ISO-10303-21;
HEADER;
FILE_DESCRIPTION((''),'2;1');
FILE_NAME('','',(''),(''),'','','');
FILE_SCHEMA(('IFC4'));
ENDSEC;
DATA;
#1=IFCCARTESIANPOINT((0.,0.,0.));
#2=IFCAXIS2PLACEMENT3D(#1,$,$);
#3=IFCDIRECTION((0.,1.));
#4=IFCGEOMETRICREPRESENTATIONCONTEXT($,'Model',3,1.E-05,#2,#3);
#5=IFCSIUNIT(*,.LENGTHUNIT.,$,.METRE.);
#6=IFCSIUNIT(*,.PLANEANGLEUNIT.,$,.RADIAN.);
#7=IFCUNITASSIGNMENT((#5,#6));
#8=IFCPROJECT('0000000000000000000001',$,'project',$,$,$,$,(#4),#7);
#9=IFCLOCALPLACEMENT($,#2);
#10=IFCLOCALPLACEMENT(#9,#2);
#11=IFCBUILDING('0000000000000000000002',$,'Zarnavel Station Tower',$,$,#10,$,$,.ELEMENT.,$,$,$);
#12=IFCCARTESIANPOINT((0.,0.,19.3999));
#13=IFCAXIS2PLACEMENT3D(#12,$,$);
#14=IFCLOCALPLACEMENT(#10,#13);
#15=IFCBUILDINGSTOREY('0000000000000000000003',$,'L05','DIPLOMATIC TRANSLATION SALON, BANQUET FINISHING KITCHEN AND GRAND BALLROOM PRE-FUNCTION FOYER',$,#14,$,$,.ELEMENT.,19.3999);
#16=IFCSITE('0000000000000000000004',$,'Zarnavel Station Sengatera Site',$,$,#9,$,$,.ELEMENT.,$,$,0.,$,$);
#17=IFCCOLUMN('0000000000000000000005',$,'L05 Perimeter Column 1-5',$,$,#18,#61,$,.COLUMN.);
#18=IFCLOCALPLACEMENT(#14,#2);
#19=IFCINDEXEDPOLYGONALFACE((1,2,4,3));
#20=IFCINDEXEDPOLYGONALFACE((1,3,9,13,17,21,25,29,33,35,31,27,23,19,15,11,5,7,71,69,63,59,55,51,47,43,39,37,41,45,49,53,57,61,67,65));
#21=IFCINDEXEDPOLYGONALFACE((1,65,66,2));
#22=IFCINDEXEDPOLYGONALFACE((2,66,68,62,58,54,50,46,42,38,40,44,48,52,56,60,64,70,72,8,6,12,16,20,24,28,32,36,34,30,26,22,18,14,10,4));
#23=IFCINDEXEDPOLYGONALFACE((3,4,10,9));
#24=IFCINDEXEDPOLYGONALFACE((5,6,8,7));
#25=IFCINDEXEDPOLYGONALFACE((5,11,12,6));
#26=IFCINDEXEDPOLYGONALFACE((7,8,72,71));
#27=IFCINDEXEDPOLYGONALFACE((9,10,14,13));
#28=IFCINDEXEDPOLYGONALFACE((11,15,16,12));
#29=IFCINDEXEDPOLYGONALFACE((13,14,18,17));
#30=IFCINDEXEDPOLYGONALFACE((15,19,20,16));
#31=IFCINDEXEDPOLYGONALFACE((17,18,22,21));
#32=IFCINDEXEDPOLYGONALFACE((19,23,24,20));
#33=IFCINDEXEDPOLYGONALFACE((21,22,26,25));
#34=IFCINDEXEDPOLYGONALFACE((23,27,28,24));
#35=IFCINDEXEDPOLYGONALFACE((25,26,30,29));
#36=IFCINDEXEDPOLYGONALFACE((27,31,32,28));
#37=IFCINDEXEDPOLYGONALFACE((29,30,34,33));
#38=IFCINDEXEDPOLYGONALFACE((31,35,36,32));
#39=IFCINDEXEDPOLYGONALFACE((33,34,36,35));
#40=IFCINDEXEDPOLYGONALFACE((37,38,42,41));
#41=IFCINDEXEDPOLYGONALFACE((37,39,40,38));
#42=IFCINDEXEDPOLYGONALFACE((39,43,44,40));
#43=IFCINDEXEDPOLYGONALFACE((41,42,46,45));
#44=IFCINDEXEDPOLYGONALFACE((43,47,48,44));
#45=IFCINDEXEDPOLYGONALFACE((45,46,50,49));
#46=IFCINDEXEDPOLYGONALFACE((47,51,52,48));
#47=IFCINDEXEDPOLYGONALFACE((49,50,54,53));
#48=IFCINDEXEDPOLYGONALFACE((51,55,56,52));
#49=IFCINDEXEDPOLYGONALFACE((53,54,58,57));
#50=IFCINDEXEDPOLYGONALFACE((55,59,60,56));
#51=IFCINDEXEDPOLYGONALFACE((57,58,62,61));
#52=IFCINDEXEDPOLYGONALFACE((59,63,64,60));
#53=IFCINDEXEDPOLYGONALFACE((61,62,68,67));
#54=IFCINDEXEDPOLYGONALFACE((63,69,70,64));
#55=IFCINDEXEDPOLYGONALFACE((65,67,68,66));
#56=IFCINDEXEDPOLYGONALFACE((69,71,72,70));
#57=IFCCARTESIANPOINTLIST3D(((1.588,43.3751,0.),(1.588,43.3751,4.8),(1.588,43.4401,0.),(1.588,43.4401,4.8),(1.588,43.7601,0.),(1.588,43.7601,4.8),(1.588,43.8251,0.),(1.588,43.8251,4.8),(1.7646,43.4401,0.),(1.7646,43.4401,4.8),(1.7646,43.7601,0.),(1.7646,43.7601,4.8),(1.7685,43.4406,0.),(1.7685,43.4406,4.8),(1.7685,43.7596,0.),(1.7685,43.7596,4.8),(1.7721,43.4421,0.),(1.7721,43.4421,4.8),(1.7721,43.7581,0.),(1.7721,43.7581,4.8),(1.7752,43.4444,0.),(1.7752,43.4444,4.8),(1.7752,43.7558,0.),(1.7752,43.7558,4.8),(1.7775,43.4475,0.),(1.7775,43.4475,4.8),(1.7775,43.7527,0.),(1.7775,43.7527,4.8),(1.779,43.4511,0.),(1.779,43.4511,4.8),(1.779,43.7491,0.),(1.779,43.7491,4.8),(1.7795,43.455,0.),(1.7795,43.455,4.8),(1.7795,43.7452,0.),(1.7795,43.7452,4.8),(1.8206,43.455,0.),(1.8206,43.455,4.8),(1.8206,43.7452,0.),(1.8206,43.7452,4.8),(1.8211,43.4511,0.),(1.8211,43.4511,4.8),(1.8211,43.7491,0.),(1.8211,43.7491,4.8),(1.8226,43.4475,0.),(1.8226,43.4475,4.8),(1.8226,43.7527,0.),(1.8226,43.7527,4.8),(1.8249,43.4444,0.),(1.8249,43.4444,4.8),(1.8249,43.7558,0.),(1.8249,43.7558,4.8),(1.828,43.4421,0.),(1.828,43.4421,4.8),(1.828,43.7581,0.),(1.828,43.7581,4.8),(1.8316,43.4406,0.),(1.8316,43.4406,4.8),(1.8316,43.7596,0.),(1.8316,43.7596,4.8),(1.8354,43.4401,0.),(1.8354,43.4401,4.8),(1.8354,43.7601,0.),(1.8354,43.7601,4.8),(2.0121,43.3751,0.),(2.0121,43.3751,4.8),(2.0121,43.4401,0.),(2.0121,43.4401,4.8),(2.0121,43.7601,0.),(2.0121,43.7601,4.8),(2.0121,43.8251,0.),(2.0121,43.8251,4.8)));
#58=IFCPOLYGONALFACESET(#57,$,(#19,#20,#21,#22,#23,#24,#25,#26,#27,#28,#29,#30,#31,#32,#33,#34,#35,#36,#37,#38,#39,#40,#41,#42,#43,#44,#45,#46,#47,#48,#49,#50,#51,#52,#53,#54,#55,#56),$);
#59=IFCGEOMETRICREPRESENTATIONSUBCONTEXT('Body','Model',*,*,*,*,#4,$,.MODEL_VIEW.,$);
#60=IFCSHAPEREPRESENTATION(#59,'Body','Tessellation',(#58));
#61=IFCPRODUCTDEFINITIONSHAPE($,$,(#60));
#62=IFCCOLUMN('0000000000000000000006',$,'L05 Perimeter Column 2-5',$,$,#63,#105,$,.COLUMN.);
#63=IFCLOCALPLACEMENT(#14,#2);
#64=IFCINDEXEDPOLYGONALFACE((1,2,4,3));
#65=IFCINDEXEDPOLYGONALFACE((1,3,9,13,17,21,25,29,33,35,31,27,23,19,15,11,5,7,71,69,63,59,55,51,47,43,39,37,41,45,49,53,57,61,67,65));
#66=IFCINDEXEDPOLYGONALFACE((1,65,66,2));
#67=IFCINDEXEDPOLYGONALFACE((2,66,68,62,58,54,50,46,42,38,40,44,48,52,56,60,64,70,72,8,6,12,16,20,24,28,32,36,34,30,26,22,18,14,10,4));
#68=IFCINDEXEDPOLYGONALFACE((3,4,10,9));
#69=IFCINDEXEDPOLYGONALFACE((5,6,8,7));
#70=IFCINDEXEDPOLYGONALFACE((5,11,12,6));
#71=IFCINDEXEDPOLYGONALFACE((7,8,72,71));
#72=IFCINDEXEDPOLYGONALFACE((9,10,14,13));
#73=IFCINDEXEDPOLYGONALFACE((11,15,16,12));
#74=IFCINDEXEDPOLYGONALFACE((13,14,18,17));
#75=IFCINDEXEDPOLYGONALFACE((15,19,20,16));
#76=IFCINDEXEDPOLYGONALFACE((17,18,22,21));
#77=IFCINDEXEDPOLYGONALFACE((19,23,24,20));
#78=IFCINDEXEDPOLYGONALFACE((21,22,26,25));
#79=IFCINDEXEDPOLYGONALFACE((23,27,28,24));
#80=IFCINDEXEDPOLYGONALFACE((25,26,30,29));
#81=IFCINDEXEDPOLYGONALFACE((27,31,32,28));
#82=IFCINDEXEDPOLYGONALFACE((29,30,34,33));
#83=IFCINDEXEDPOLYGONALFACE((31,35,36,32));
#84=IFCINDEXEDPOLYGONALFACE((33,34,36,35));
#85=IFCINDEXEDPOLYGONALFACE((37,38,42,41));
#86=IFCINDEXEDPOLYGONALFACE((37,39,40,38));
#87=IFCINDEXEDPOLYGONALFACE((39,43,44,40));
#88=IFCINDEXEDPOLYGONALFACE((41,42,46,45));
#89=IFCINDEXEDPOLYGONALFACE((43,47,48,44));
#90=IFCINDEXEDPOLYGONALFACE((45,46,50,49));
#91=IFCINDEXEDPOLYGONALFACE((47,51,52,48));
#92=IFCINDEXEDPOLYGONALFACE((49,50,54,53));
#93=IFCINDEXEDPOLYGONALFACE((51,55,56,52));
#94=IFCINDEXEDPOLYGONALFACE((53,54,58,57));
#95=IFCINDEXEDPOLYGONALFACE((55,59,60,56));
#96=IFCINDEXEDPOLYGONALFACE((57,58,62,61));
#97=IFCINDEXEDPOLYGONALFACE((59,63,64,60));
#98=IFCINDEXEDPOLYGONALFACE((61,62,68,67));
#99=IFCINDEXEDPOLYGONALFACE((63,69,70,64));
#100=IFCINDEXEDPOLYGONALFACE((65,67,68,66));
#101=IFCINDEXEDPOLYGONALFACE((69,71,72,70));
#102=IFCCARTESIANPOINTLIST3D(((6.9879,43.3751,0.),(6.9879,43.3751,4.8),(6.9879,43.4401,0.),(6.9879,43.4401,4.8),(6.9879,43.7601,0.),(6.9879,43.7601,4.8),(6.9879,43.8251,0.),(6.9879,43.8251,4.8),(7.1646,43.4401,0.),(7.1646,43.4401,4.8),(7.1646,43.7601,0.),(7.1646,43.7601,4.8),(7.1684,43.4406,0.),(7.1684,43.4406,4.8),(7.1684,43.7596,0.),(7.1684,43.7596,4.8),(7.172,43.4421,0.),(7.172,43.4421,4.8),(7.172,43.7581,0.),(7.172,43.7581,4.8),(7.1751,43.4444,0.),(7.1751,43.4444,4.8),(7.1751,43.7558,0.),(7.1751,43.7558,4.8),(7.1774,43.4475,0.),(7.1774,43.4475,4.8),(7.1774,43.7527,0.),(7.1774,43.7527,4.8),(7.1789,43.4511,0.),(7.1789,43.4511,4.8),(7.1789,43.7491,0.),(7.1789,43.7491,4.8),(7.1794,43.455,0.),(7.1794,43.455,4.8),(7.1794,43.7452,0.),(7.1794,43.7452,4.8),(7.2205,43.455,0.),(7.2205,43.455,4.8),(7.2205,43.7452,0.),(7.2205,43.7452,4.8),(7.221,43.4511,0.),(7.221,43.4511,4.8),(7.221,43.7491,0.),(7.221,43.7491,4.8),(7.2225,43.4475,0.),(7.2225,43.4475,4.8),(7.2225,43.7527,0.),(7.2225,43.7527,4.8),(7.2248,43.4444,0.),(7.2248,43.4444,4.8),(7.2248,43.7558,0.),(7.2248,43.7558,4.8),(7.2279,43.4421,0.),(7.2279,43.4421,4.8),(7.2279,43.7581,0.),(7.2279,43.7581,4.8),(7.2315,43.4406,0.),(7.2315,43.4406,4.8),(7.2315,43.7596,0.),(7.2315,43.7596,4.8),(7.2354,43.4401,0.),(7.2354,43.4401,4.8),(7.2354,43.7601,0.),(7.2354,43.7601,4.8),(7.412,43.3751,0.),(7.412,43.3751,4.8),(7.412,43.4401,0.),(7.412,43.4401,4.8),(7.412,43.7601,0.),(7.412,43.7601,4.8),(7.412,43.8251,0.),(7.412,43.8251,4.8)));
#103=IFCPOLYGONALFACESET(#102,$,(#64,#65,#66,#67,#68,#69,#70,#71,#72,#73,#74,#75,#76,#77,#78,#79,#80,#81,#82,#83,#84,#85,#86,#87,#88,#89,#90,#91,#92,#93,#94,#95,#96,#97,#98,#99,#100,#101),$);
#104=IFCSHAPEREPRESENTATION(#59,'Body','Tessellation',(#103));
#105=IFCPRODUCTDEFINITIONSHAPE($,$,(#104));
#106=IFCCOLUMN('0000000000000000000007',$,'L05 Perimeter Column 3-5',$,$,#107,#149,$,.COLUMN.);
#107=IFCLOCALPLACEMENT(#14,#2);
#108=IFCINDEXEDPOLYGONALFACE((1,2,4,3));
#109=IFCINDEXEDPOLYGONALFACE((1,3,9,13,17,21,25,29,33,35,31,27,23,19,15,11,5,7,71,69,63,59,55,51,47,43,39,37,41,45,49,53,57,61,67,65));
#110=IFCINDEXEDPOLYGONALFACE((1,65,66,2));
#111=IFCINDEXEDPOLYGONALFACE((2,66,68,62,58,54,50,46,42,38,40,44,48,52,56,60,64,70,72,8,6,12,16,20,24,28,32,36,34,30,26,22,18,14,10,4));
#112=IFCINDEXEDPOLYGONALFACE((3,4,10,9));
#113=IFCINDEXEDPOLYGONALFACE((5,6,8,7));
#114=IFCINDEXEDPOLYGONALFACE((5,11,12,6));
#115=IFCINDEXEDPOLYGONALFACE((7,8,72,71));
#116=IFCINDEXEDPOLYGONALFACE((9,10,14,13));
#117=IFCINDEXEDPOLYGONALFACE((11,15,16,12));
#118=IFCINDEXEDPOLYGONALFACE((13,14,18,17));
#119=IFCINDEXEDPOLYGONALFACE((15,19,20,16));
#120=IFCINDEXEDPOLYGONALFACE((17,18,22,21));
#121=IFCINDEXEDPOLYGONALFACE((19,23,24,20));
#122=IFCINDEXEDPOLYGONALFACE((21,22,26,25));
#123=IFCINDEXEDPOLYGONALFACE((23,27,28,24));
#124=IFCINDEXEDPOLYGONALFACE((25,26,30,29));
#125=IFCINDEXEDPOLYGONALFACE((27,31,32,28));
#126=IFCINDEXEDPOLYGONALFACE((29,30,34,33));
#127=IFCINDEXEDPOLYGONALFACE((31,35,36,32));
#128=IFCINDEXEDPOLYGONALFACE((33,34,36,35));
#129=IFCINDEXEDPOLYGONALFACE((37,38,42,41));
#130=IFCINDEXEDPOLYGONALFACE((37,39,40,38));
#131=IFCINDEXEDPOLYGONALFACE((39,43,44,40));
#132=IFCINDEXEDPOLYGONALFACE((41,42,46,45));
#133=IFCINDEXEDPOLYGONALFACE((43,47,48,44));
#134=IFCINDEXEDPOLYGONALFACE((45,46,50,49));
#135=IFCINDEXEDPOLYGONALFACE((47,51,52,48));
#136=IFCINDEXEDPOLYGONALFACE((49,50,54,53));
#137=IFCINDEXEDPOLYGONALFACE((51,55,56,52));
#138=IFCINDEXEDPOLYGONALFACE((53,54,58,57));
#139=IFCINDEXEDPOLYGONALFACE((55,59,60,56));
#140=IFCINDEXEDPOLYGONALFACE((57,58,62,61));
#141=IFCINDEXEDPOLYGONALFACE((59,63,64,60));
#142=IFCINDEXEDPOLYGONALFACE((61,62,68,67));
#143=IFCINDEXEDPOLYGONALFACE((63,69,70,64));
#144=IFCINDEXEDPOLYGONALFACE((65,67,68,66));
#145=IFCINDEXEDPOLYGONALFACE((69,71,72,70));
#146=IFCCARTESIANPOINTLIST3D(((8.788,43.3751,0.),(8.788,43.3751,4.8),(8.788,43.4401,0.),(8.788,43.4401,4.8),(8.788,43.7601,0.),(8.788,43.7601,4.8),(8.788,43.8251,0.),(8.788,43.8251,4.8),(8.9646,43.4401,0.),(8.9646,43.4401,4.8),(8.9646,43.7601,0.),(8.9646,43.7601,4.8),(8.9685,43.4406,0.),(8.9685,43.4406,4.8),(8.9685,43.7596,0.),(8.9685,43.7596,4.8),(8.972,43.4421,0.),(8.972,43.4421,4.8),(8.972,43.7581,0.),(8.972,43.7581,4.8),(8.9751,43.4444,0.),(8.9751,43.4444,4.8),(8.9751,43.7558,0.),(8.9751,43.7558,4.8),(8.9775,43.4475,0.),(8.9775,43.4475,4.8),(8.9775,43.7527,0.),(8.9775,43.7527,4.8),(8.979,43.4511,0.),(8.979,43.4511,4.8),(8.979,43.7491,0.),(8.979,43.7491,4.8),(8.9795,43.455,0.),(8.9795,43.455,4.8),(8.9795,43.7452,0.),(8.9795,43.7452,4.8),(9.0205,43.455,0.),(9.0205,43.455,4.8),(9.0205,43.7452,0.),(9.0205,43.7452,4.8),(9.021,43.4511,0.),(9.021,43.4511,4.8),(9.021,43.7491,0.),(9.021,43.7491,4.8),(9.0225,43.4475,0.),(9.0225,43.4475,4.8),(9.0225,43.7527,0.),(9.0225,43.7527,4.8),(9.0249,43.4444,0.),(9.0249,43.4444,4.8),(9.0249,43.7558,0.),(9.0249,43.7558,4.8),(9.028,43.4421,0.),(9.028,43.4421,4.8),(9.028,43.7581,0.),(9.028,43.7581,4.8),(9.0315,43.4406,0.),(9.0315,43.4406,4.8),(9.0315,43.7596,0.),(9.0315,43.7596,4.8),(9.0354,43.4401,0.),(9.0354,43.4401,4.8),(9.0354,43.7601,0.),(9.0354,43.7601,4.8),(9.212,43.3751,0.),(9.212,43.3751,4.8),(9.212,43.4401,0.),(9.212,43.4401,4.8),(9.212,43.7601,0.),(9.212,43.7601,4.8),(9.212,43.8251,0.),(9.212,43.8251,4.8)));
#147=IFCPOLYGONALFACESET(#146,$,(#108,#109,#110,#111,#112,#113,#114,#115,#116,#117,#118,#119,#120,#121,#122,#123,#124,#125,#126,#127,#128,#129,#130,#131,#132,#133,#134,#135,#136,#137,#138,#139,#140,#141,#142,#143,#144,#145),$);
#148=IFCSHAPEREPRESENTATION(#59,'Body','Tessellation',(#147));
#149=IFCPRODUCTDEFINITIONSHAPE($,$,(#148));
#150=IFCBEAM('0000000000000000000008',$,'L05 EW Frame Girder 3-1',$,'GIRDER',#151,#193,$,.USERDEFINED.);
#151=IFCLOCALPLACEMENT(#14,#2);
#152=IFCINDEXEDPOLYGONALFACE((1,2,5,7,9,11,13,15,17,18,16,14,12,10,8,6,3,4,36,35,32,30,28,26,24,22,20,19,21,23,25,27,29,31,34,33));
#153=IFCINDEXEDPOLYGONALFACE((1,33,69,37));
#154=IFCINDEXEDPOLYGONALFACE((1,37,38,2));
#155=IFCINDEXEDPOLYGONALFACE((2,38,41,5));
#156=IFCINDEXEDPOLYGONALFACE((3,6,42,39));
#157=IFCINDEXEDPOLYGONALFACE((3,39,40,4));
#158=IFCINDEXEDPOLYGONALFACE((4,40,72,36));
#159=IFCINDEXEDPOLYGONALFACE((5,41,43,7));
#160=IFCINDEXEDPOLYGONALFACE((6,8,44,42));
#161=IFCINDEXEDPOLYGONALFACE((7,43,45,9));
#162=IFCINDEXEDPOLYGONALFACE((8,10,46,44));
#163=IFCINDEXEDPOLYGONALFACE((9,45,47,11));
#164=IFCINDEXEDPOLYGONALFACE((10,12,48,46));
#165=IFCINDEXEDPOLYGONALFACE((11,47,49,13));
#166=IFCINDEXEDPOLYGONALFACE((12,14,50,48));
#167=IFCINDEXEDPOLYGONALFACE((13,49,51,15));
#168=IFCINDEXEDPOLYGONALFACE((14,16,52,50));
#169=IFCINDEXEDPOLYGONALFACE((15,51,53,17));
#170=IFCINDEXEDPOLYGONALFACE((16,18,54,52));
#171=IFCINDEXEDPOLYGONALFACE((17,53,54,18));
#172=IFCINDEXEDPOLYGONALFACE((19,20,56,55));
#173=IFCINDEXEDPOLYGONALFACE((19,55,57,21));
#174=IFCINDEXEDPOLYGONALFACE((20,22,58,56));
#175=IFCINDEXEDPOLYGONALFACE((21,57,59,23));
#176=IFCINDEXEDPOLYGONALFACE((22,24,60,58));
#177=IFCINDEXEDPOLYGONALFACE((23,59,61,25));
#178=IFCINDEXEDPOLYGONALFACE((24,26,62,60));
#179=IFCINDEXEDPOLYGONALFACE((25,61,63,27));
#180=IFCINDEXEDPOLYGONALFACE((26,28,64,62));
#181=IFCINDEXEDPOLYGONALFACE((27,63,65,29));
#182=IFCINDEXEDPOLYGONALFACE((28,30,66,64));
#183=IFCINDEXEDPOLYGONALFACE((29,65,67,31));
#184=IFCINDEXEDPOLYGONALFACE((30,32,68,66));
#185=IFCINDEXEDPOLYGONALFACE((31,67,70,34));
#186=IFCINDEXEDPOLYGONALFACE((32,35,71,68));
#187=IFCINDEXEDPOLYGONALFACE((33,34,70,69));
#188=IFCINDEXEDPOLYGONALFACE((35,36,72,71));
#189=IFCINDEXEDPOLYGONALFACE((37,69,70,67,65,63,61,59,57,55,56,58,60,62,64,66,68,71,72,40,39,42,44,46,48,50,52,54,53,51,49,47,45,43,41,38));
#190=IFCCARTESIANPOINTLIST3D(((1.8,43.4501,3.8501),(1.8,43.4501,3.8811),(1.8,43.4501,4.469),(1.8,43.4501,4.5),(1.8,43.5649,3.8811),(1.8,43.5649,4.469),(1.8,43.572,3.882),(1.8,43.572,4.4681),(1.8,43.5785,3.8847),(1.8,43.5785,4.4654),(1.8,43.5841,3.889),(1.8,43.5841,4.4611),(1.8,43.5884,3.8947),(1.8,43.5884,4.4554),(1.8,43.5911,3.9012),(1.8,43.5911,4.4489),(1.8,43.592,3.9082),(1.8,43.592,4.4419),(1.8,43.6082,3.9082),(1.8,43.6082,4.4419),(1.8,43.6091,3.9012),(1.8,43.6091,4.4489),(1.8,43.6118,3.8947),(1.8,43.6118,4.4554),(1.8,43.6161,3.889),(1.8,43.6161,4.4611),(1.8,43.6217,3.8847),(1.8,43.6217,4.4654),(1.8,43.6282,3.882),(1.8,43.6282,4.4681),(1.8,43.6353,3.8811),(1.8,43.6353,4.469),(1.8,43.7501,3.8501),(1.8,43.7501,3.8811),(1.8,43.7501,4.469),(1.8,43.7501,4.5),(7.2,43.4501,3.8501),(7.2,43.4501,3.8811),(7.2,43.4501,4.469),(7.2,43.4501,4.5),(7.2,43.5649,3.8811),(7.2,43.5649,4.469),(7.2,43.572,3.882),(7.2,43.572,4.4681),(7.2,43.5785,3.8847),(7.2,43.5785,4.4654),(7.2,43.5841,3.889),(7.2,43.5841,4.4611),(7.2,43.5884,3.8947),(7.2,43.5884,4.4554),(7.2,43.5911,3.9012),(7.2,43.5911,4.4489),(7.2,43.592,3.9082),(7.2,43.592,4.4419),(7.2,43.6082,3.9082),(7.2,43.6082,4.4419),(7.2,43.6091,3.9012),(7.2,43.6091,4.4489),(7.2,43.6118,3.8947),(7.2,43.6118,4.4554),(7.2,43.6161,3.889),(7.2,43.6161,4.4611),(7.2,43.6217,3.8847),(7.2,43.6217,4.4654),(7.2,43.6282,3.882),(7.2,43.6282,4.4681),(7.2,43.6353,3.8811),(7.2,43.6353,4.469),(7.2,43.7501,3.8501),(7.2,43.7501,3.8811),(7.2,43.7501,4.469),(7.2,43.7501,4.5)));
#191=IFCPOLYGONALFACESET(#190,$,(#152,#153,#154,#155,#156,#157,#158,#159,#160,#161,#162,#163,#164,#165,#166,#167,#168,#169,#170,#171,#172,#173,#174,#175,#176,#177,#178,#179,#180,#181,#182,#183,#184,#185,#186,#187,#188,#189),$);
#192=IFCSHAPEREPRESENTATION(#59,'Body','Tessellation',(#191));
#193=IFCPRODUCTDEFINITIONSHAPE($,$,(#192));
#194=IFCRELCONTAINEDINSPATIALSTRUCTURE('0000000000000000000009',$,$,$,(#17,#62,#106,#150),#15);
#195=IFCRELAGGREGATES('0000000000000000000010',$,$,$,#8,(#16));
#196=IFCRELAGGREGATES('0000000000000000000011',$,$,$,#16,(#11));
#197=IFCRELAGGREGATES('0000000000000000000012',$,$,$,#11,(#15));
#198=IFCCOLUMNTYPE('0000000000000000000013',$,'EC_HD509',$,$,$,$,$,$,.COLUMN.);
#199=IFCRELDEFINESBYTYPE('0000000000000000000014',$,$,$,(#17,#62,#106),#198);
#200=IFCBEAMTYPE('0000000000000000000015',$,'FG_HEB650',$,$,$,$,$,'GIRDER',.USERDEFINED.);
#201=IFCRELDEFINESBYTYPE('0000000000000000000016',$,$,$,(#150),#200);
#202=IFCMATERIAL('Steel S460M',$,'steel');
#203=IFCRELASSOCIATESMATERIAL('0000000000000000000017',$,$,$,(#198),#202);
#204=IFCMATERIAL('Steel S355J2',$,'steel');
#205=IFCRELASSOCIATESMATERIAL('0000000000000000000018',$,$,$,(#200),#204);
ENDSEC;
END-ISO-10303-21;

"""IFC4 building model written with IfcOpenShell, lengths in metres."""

from ifc_helpers import new_model, si_unit, direction, frame, origin, origin_2d, place, context, subcontext, project, spatial, i_section, extrude, material, material_profile, profile_set, type_object, element, save


model = new_model("IFC4")

# Units and contexts
model_context = context("Model", 3, precision=1e-05, world=origin(), true_north=direction((0.0, 1.0)))
body_context = subcontext(model_context, "Body", "Model", "MODEL_VIEW")
ifc_project = project(units=[si_unit("LENGTHUNIT", "METRE"), si_unit("PLANEANGLEUNIT", "RADIAN")], contexts=[model_context])

# Site, building, storey
site_placement = place(None, origin())
site = spatial("IfcSite", under=ifc_project, at=site_placement, Name="Zarnavel Station Sengatera Site", CompositionType="ELEMENT", RefElevation=0.0)
building_placement = place(site_placement, origin())
building = spatial("IfcBuilding", under=site, at=building_placement, Name="Zarnavel Station Tower", CompositionType="ELEMENT")
storey_placement = place(building_placement, frame((0.0, 0.0, 19.3999)))
storey = spatial("IfcBuildingStorey", under=building, at=storey_placement, Name="L05", Description="DIPLOMATIC TRANSLATION SALON, BANQUET FINISHING KITCHEN AND GRAND BALLROOM PRE-FUNCTION FOYER", CompositionType="ELEMENT", Elevation=19.3999)

# Columns
ifc_material_1 = material(Name="Steel S460M", Category="steel")
ifc_material_profile_1 = material_profile(ifc_material_1, i_section(OverallWidth=0.4241, OverallDepth=0.45, WebThickness=0.041, FlangeThickness=0.0649, FilletRadius=0.0149, at=origin_2d()), Name="HD400x509")
ifc_profile_set_1 = profile_set([ifc_material_profile_1], Name="Steel S460M")
column_type = type_object("IfcColumnType", Name="EC_HD509", PredefinedType="COLUMN", material=ifc_profile_set_1)
for number, where, z_axis, x_axis, name in (
    (1, (1.8, 43.6001, 0.0), (0.0, 0.0, 1.0), (1.0, 0.0, 0.0), "L05 Perimeter Column 1-5"),
    (2, (7.2, 43.6001, 0.0), (0.0, 0.0, 1.0), (1.0, 0.0, 0.0), "L05 Perimeter Column 2-5"),
    (3, (9.0, 43.6001, 0.0), (0.0, 0.0, 1.0), (1.0, 0.0, 0.0), "L05 Perimeter Column 3-5"),
):
    element("IfcColumn", number, at=place(storey_placement, frame(where, z_axis=z_axis, x_axis=x_axis)), inside=storey, type_object=column_type, Name=name, PredefinedType="COLUMN", context=body_context, shape_type="SweptSolid", body=[
        extrude(i_section(OverallWidth=0.4241, OverallDepth=0.45, WebThickness=0.041, FlangeThickness=0.0649, FilletRadius=0.0149, at=origin_2d()), origin(), (0.0, 0.0, 1.0), 4.8),
    ])

# Beam
ifc_material_2 = material(Name="Steel S355J2", Category="steel")
ifc_material_profile_2 = material_profile(ifc_material_2, i_section(OverallWidth=0.3, OverallDepth=0.6499, WebThickness=0.0161, FlangeThickness=0.031, FilletRadius=0.0271, at=origin_2d()), Name="HEB650")
ifc_profile_set_2 = profile_set([ifc_material_profile_2], Name="Steel S355J2")
beam_type = type_object("IfcBeamType", Name="FG_HEB650", ElementType="GIRDER", PredefinedType="USERDEFINED", material=ifc_profile_set_2)
beam_1_placement = place(storey_placement, frame((1.8, 43.6001, 4.175), z_axis=(1.0, 0.0, 0.0), x_axis=(0.0, 1.0, 0.0)))
element("IfcBeam", 4, at=beam_1_placement, inside=storey, type_object=beam_type, Name="L05 EW Frame Girder 3-1", ObjectType="GIRDER", PredefinedType="USERDEFINED", context=body_context, shape_type="SweptSolid", body=[
    extrude(i_section(OverallWidth=0.3, OverallDepth=0.6499, WebThickness=0.0161, FlangeThickness=0.031, FilletRadius=0.0271, at=origin_2d()), origin(), (0.0, 0.0, 1.0), 5.3999),
])

save(model, "model.ifc")
